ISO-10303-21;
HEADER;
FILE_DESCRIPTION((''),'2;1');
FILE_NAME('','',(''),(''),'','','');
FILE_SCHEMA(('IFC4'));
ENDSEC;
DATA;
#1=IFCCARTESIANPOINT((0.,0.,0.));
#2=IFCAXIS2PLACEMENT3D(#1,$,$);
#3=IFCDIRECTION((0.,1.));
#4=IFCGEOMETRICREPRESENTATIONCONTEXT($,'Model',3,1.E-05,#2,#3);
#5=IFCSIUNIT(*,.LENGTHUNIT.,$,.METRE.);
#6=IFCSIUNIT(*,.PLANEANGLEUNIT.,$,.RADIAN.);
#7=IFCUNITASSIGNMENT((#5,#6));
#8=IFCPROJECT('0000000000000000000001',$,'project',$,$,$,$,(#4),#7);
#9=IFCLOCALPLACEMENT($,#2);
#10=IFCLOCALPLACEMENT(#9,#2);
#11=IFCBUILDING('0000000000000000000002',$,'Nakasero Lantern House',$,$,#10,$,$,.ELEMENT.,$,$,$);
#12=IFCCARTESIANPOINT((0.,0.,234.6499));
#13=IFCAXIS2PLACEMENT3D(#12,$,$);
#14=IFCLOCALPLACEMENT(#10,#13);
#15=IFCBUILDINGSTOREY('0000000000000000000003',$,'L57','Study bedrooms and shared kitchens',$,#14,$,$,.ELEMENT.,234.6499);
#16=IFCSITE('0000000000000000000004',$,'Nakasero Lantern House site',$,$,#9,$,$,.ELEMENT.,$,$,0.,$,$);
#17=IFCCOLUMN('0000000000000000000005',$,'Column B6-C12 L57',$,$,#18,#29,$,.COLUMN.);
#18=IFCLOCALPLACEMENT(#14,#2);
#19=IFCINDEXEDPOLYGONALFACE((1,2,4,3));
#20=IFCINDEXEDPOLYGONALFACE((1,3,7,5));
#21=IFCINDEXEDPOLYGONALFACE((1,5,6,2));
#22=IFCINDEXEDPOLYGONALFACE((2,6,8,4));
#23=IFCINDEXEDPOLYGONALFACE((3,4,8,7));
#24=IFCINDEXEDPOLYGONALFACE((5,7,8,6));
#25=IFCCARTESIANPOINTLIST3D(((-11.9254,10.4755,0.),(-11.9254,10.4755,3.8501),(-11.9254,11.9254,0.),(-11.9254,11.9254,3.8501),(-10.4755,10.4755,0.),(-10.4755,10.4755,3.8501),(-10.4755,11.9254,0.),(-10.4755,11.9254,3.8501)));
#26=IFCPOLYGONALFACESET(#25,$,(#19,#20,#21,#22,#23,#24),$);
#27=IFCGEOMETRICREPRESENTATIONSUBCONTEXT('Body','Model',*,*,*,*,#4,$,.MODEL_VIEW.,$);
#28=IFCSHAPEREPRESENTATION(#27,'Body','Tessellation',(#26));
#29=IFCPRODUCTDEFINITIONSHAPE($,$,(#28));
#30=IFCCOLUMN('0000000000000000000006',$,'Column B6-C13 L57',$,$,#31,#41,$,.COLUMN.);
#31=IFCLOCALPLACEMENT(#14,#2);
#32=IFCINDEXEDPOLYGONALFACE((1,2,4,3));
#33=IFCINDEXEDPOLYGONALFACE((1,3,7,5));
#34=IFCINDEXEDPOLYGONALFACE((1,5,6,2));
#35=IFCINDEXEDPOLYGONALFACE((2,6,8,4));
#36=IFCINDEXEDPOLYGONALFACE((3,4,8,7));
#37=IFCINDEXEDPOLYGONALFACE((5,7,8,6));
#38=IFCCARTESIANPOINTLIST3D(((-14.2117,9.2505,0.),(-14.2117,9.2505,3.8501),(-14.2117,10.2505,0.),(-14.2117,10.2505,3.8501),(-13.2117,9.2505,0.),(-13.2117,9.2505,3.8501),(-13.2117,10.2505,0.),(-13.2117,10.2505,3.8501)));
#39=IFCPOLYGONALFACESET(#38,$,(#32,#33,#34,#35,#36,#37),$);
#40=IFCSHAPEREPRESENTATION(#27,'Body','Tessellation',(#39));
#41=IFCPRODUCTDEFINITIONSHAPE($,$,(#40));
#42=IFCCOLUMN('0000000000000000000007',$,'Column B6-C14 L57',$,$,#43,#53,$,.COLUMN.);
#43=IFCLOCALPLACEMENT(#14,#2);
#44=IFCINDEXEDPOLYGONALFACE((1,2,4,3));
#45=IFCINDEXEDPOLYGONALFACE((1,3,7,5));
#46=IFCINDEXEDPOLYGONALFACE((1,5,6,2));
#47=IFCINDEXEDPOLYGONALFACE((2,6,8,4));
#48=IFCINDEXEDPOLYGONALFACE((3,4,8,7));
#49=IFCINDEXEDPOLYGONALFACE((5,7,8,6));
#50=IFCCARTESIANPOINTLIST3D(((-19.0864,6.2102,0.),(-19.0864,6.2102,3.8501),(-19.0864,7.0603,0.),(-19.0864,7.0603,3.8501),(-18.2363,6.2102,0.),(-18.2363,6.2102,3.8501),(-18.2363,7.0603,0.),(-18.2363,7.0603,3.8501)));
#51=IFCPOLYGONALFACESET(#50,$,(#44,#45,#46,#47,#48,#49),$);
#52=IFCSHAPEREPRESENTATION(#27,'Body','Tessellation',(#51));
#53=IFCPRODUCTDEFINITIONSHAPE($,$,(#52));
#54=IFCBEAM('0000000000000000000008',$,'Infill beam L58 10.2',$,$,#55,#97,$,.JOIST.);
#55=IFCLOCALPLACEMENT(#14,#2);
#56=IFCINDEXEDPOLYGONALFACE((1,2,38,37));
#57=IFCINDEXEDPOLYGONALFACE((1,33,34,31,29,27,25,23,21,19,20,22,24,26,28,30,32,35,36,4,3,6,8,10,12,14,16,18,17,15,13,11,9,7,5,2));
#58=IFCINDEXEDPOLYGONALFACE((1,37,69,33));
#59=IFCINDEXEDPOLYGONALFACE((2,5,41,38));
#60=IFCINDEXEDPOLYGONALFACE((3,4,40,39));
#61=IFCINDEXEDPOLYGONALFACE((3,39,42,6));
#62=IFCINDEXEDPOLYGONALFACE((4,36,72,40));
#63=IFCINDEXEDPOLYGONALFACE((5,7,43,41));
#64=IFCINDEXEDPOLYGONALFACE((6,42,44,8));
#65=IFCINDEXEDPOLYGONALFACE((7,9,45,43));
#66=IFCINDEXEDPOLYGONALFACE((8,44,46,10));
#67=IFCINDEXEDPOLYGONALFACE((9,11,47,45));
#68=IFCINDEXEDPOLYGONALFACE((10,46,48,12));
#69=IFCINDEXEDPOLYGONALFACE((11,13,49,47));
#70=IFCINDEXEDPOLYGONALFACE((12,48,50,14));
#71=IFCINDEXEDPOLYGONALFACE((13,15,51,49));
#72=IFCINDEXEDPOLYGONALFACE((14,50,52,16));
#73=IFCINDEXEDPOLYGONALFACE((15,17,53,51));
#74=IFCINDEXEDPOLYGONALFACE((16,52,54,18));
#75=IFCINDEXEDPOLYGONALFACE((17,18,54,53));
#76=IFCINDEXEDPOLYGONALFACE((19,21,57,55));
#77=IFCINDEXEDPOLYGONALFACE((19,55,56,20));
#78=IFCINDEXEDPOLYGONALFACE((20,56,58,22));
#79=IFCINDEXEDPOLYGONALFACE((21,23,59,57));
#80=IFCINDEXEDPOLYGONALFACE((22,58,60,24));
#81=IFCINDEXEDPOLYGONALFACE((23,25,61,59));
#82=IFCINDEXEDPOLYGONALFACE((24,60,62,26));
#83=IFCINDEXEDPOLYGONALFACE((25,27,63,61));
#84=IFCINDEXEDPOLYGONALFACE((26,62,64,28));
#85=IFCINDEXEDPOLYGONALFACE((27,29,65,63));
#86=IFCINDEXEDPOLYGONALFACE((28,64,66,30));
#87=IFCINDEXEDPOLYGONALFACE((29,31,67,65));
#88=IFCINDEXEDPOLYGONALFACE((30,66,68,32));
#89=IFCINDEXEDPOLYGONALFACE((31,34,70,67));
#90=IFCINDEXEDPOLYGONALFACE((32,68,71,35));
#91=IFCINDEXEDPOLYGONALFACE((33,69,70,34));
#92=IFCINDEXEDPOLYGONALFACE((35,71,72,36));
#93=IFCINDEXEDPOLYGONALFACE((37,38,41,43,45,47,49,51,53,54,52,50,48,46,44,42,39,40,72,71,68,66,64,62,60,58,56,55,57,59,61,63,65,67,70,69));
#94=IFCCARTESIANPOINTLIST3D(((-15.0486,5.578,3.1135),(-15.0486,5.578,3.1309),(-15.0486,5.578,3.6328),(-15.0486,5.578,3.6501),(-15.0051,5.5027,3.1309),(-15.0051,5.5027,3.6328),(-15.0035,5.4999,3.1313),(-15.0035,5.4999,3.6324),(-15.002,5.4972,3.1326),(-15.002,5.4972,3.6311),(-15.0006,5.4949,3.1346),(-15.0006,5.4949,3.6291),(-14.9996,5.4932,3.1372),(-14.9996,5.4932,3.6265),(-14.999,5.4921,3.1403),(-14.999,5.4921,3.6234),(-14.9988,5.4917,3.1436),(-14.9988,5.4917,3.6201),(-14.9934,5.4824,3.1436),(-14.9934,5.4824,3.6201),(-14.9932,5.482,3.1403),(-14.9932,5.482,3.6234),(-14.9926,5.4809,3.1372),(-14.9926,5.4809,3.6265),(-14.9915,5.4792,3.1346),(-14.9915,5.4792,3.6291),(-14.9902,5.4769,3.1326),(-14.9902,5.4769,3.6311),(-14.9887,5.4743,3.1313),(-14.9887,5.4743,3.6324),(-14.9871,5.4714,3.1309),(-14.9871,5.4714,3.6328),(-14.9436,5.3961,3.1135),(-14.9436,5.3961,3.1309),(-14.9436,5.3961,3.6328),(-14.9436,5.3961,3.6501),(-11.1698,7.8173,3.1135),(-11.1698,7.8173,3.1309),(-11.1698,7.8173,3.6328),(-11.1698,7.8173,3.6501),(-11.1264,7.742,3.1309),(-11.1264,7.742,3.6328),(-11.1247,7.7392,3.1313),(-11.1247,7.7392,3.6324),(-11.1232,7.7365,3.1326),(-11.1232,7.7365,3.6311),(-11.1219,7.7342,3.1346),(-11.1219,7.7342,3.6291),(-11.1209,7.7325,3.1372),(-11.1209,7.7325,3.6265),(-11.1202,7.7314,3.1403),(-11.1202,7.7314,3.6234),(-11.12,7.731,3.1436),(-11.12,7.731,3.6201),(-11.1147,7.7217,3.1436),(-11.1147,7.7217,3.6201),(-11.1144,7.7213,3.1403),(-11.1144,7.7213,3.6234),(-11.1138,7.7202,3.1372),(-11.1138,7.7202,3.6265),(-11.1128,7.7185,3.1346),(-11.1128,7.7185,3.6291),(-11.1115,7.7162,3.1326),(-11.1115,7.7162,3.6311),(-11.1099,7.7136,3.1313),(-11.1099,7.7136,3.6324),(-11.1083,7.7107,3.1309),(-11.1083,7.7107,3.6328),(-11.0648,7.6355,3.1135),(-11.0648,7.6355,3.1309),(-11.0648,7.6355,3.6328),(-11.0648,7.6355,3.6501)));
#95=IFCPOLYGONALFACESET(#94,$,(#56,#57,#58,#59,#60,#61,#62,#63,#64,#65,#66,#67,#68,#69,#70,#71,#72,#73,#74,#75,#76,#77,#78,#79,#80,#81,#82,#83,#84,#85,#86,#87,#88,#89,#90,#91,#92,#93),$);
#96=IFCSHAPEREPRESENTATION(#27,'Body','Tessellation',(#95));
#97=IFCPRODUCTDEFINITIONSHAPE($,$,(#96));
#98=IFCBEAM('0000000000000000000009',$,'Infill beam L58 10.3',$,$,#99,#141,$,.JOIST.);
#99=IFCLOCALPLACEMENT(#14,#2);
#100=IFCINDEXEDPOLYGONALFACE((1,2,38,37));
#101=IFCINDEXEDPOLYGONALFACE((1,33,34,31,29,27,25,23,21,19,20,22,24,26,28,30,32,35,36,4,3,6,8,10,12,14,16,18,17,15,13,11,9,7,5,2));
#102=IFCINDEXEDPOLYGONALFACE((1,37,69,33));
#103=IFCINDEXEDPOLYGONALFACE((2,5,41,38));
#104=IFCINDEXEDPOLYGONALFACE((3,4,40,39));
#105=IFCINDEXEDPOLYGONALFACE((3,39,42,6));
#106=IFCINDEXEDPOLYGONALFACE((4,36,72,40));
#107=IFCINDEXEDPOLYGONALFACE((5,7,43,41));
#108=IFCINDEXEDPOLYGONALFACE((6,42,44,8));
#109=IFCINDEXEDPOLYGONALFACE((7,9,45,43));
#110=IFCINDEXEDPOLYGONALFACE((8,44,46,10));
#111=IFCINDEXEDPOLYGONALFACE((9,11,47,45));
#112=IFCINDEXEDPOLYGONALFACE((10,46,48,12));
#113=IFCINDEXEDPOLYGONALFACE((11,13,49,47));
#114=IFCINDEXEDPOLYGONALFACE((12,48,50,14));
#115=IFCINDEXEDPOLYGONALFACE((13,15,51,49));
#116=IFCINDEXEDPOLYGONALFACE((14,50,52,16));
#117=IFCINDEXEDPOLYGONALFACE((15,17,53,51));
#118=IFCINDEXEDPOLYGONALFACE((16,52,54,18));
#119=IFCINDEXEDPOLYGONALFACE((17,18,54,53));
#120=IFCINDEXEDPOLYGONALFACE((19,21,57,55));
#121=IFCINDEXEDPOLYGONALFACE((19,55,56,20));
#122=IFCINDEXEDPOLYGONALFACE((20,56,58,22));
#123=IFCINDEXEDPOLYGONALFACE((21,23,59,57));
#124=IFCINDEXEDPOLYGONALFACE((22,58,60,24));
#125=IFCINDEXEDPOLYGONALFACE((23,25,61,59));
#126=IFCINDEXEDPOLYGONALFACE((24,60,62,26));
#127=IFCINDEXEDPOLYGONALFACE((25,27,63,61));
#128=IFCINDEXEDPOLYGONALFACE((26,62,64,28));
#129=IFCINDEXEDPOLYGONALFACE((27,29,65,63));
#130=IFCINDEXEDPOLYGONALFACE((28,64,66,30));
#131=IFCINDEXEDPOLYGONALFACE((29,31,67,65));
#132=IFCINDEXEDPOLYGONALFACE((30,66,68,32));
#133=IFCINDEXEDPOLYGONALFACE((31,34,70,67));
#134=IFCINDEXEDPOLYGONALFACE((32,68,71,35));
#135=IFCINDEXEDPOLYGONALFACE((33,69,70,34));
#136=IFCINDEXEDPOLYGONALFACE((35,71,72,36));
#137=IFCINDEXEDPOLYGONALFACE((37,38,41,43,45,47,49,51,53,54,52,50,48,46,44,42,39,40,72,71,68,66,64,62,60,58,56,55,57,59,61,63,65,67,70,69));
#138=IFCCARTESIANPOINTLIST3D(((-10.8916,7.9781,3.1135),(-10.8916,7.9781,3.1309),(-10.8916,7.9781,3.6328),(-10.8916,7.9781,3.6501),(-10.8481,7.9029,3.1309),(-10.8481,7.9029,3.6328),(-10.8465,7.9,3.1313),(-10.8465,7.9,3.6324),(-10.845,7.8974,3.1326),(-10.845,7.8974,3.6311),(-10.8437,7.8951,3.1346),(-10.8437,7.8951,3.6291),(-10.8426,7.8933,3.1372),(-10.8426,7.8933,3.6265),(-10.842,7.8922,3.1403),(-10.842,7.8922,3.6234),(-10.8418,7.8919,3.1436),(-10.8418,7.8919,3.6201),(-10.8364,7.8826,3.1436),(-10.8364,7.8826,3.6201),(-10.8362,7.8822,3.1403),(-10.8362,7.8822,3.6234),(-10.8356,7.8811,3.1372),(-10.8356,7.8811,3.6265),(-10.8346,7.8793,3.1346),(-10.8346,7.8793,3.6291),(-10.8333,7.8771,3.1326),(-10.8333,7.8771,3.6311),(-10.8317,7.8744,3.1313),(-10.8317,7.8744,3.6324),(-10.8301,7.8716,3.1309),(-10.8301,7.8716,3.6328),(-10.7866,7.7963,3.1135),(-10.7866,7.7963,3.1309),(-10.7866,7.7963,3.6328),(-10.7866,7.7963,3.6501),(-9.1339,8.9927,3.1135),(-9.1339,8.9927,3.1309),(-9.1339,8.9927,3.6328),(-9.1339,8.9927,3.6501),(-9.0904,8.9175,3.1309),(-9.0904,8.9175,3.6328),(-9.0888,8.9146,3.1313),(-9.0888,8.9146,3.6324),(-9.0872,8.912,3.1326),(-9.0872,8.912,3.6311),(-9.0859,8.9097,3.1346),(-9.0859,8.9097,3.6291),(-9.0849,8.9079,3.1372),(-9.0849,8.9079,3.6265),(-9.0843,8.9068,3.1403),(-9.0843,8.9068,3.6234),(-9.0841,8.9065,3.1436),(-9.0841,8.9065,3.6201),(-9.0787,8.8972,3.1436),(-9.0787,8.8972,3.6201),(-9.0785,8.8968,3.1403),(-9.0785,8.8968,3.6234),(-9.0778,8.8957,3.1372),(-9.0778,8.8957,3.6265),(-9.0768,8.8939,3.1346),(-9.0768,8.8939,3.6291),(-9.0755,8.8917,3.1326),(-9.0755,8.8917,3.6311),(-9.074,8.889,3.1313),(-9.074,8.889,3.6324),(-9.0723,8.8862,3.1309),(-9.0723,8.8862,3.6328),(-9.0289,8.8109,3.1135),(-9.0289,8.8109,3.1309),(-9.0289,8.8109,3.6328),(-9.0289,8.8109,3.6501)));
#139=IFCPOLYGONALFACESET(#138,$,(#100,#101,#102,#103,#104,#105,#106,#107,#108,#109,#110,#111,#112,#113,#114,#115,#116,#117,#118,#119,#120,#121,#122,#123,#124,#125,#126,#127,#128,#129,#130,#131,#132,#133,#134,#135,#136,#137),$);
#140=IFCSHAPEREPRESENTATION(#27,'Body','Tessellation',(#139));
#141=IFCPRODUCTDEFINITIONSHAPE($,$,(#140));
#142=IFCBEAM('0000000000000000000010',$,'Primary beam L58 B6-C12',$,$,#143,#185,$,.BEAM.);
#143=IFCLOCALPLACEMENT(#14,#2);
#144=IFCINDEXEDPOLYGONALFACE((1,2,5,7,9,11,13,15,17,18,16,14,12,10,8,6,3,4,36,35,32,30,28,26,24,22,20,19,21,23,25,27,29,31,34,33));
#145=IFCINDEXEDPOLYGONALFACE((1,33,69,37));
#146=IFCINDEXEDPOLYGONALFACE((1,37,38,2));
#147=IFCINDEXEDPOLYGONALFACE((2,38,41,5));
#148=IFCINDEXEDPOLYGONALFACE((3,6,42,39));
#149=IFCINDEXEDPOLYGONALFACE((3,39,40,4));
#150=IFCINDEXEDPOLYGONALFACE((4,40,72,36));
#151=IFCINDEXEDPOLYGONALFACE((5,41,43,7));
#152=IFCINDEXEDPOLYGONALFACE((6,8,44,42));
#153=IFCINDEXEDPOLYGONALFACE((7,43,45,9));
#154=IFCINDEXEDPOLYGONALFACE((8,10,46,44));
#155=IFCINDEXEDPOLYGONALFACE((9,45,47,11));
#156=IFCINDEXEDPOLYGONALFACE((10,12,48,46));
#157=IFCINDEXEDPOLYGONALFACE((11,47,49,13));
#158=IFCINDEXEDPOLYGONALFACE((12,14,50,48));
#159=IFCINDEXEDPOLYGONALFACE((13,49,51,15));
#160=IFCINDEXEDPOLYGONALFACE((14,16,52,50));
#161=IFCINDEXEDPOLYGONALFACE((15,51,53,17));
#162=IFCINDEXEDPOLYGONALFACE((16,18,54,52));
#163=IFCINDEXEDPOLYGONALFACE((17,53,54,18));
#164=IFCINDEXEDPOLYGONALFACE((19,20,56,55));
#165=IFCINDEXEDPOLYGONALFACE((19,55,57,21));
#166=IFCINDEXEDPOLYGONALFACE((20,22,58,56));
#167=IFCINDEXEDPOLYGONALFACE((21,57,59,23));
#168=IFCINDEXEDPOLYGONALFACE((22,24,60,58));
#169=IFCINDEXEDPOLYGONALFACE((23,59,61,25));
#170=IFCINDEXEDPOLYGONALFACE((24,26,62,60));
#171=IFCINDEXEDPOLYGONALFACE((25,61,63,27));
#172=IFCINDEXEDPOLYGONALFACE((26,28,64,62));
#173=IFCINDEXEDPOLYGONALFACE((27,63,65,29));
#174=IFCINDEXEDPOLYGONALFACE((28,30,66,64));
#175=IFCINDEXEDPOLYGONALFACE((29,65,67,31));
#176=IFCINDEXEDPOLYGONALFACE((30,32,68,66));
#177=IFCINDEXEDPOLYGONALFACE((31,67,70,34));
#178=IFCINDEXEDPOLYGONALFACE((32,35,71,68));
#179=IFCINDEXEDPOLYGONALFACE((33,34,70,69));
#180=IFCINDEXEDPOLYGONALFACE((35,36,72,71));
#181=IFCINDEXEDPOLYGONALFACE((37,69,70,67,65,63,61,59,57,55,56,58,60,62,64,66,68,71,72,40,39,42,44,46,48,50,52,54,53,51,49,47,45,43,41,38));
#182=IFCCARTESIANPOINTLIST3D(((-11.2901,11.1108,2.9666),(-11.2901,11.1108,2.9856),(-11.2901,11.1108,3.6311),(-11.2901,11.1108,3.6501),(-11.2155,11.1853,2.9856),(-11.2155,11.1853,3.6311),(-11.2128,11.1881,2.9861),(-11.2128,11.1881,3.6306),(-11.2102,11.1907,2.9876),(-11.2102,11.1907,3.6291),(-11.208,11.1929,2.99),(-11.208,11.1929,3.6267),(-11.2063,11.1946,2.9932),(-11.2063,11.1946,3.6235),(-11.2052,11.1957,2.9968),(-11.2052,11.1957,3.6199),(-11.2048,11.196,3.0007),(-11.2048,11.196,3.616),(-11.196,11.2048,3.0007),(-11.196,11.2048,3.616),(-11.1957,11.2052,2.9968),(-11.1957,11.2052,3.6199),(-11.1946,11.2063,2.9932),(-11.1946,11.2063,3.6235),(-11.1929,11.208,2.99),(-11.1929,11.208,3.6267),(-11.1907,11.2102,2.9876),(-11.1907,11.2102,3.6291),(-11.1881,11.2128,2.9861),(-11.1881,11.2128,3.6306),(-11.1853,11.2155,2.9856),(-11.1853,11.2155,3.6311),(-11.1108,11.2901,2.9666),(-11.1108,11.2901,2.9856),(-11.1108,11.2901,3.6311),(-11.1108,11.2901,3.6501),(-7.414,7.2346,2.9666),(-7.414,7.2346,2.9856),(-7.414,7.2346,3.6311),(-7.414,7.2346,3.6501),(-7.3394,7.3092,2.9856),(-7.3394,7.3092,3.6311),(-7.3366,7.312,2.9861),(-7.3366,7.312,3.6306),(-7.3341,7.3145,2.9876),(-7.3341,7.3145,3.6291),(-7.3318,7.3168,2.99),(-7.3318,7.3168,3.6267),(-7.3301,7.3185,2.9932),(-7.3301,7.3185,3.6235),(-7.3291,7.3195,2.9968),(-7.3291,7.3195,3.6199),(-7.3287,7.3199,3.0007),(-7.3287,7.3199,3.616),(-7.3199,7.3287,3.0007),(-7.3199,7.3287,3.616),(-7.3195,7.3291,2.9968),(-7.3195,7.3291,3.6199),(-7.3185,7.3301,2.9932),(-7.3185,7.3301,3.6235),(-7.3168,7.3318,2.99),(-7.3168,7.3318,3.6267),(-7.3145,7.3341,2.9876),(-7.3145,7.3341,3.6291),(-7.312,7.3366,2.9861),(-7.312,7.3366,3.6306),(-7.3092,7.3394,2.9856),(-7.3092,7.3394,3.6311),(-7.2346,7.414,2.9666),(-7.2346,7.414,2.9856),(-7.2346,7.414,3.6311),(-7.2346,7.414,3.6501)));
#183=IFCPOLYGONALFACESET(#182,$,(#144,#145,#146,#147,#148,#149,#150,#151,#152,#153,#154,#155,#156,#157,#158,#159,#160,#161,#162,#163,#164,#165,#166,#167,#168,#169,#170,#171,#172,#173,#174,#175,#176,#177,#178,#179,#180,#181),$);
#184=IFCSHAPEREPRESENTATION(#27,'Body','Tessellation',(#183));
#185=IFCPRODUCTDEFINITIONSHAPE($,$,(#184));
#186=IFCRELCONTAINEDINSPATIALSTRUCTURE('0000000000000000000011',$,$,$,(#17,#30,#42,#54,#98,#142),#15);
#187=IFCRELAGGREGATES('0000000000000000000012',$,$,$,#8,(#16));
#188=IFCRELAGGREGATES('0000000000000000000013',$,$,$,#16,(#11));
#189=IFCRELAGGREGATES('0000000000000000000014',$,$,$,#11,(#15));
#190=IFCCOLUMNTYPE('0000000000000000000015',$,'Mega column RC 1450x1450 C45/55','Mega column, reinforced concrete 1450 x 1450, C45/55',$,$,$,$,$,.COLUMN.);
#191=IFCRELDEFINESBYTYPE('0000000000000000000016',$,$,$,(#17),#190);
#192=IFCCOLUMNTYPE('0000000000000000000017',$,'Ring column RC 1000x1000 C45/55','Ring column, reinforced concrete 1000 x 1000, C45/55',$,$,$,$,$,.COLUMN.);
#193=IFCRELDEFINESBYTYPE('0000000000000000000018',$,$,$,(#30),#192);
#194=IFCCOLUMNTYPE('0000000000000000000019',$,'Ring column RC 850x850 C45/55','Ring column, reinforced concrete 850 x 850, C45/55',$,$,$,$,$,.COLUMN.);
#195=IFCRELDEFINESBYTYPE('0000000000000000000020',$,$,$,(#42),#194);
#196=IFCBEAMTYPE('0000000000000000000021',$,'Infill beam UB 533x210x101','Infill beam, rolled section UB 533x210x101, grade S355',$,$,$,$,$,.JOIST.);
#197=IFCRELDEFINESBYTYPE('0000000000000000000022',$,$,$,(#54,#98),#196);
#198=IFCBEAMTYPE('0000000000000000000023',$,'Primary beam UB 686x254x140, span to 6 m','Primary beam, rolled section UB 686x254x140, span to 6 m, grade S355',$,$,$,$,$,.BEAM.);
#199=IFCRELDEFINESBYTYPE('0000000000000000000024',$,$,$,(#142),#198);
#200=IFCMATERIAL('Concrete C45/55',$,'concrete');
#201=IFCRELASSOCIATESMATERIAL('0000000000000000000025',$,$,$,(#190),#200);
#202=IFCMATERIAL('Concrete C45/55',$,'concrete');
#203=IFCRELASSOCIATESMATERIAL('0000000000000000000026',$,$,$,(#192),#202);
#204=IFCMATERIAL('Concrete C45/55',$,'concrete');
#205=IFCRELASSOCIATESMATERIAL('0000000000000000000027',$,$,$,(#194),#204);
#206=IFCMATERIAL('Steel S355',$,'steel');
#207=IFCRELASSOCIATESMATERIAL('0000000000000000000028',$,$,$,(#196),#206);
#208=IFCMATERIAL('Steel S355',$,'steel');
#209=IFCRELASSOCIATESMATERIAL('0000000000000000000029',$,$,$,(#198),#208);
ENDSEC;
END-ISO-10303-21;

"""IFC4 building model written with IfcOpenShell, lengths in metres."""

from ifc_helpers import new_model, si_unit, direction, frame, origin, origin_2d, place, context, subcontext, project, spatial, rectangle, i_section, extrude, material, material_profile, profile_set, type_object, element, save


model = new_model("IFC4")

# Units and contexts
model_context = context("Model", 3, precision=1e-05, world=origin(), true_north=direction((0.0, 1.0)))
body_context = subcontext(model_context, "Body", "Model", "MODEL_VIEW")
ifc_project = project(units=[si_unit("LENGTHUNIT", "METRE"), si_unit("PLANEANGLEUNIT", "RADIAN")], contexts=[model_context])

# Site, building, storey
site_placement = place(None, origin())
site = spatial("IfcSite", under=ifc_project, at=site_placement, Name="Nakasero Lantern House site", CompositionType="ELEMENT", RefElevation=0.0)
building_placement = place(site_placement, origin())
building = spatial("IfcBuilding", under=site, at=building_placement, Name="Nakasero Lantern House", CompositionType="ELEMENT")
storey_placement = place(building_placement, frame((0.0, 0.0, 234.6499)))
storey = spatial("IfcBuildingStorey", under=building, at=storey_placement, Name="L57", Description="Study bedrooms and shared kitchens", CompositionType="ELEMENT", Elevation=234.6499)

# Columns
ifc_material_1 = material(Name="Concrete C45/55", Category="concrete")
ifc_material_profile_1 = material_profile(ifc_material_1, rectangle(XDim=1.45, YDim=1.45, at=origin_2d()), Name="RC 1450x1450")
ifc_profile_set_1 = profile_set([ifc_material_profile_1], Name="Concrete C45/55")
column_type_1 = type_object("IfcColumnType", Name="Mega column RC 1450x1450 C45/55", Description="Mega column, reinforced concrete 1450 x 1450, C45/55", PredefinedType="COLUMN", material=ifc_profile_set_1)
column_1_placement = place(storey_placement, frame((-11.2004, 11.2004, 0.0), z_axis=(0.0, 0.0, 1.0), x_axis=(1.0, 0.0, 0.0)))
element("IfcColumn", 1, at=column_1_placement, inside=storey, type_object=column_type_1, Name="Column B6-C12 L57", PredefinedType="COLUMN", context=body_context, shape_type="SweptSolid", body=[
    extrude(rectangle(XDim=1.45, YDim=1.45, at=origin_2d()), origin(), (0.0, 0.0, 1.0), 3.8501),
])
ifc_material_2 = material(Name="Concrete C45/55", Category="concrete")
ifc_material_profile_2 = material_profile(ifc_material_2, rectangle(XDim=1.0, YDim=1.0, at=origin_2d()), Name="RC 1000x1000")
ifc_profile_set_2 = profile_set([ifc_material_profile_2], Name="Concrete C45/55")
column_type_2 = type_object("IfcColumnType", Name="Ring column RC 1000x1000 C45/55", Description="Ring column, reinforced concrete 1000 x 1000, C45/55", PredefinedType="COLUMN", material=ifc_profile_set_2)
column_2_placement = place(storey_placement, frame((-13.7117, 9.7505, 0.0), z_axis=(0.0, 0.0, 1.0), x_axis=(1.0, 0.0, 0.0)))
element("IfcColumn", 2, at=column_2_placement, inside=storey, type_object=column_type_2, Name="Column B6-C13 L57", PredefinedType="COLUMN", context=body_context, shape_type="SweptSolid", body=[
    extrude(rectangle(XDim=1.0, YDim=1.0, at=origin_2d()), origin(), (0.0, 0.0, 1.0), 3.8501),
])
ifc_material_3 = material(Name="Concrete C45/55", Category="concrete")
ifc_material_profile_3 = material_profile(ifc_material_3, rectangle(XDim=0.8501, YDim=0.8501, at=origin_2d()), Name="RC 850x850")
ifc_profile_set_3 = profile_set([ifc_material_profile_3], Name="Concrete C45/55")
column_type_3 = type_object("IfcColumnType", Name="Ring column RC 850x850 C45/55", Description="Ring column, reinforced concrete 850 x 850, C45/55", PredefinedType="COLUMN", material=ifc_profile_set_3)
column_3_placement = place(storey_placement, frame((-18.6614, 6.6353, 0.0), z_axis=(0.0, 0.0, 1.0), x_axis=(1.0, 0.0, 0.0)))
element("IfcColumn", 3, at=column_3_placement, inside=storey, type_object=column_type_3, Name="Column B6-C14 L57", PredefinedType="COLUMN", context=body_context, shape_type="SweptSolid", body=[
    extrude(rectangle(XDim=0.8501, YDim=0.8501, at=origin_2d()), origin(), (0.0, 0.0, 1.0), 3.8501),
])

# Beams
ifc_material_4 = material(Name="Steel S355", Category="steel")
ifc_material_profile_4 = material_profile(ifc_material_4, i_section(OverallWidth=0.21, OverallDepth=0.5366, WebThickness=0.0107, FlangeThickness=0.0173, FilletRadius=0.0127, at=origin_2d()), Name="UB 533x210x101")
ifc_profile_set_4 = profile_set([ifc_material_profile_4], Name="Steel S355")
beam_type_1 = type_object("IfcBeamType", Name="Infill beam UB 533x210x101", Description="Infill beam, rolled section UB 533x210x101, grade S355", PredefinedType="JOIST", material=ifc_profile_set_4)
beam_1_placement = place(storey_placement, frame((-14.9961, 5.4871, 3.3818), z_axis=(0.866034, 0.499985, 0.0), x_axis=(-0.499985, 0.866034, 0.0)))
element("IfcBeam", 4, at=beam_1_placement, inside=storey, type_object=beam_type_1, Name="Infill beam L58 10.2", PredefinedType="JOIST", context=body_context, shape_type="SweptSolid", body=[
    extrude(i_section(OverallWidth=0.21, OverallDepth=0.5366, WebThickness=0.0107, FlangeThickness=0.0173, FilletRadius=0.0127, at=origin_2d()), origin(), (0.0, 0.0, 1.0), 4.4788),
])
beam_2_placement = place(storey_placement, frame((-10.8391, 7.8872, 3.3818), z_axis=(0.866073, 0.499917, 0.0), x_axis=(-0.499917, 0.866073, 0.0)))
element("IfcBeam", 5, at=beam_2_placement, inside=storey, type_object=beam_type_1, Name="Infill beam L58 10.3", PredefinedType="JOIST", context=body_context, shape_type="SweptSolid", body=[
    extrude(i_section(OverallWidth=0.21, OverallDepth=0.5366, WebThickness=0.0107, FlangeThickness=0.0173, FilletRadius=0.0127, at=origin_2d()), origin(), (0.0, 0.0, 1.0), 2.0295),
])
ifc_material_5 = material(Name="Steel S355", Category="steel")
ifc_material_profile_5 = material_profile(ifc_material_5, i_section(OverallWidth=0.2537, OverallDepth=0.6836, WebThickness=0.0125, FlangeThickness=0.019, FilletRadius=0.0151, at=origin_2d()), Name="UB 686x254x140")
ifc_profile_set_5 = profile_set([ifc_material_profile_5], Name="Steel S355")
beam_type_2 = type_object("IfcBeamType", Name="Primary beam UB 686x254x140, span to 6 m", Description="Primary beam, rolled section UB 686x254x140, span to 6 m, grade S355", PredefinedType="BEAM", material=ifc_profile_set_5)
beam_3_placement = place(storey_placement, frame((-11.2004, 11.2004, 3.3083), z_axis=(0.707107, -0.707107, 0.0), x_axis=(0.707107, 0.707107, 0.0)))
element("IfcBeam", 6, at=beam_3_placement, inside=storey, type_object=beam_type_2, Name="Primary beam L58 B6-C12", PredefinedType="BEAM", context=body_context, shape_type="SweptSolid", body=[
    extrude(i_section(OverallWidth=0.2537, OverallDepth=0.6836, WebThickness=0.0125, FlangeThickness=0.019, FilletRadius=0.0151, at=origin_2d()), origin(), (0.0, 0.0, 1.0), 5.4817),
])

save(model, "model.ifc")
